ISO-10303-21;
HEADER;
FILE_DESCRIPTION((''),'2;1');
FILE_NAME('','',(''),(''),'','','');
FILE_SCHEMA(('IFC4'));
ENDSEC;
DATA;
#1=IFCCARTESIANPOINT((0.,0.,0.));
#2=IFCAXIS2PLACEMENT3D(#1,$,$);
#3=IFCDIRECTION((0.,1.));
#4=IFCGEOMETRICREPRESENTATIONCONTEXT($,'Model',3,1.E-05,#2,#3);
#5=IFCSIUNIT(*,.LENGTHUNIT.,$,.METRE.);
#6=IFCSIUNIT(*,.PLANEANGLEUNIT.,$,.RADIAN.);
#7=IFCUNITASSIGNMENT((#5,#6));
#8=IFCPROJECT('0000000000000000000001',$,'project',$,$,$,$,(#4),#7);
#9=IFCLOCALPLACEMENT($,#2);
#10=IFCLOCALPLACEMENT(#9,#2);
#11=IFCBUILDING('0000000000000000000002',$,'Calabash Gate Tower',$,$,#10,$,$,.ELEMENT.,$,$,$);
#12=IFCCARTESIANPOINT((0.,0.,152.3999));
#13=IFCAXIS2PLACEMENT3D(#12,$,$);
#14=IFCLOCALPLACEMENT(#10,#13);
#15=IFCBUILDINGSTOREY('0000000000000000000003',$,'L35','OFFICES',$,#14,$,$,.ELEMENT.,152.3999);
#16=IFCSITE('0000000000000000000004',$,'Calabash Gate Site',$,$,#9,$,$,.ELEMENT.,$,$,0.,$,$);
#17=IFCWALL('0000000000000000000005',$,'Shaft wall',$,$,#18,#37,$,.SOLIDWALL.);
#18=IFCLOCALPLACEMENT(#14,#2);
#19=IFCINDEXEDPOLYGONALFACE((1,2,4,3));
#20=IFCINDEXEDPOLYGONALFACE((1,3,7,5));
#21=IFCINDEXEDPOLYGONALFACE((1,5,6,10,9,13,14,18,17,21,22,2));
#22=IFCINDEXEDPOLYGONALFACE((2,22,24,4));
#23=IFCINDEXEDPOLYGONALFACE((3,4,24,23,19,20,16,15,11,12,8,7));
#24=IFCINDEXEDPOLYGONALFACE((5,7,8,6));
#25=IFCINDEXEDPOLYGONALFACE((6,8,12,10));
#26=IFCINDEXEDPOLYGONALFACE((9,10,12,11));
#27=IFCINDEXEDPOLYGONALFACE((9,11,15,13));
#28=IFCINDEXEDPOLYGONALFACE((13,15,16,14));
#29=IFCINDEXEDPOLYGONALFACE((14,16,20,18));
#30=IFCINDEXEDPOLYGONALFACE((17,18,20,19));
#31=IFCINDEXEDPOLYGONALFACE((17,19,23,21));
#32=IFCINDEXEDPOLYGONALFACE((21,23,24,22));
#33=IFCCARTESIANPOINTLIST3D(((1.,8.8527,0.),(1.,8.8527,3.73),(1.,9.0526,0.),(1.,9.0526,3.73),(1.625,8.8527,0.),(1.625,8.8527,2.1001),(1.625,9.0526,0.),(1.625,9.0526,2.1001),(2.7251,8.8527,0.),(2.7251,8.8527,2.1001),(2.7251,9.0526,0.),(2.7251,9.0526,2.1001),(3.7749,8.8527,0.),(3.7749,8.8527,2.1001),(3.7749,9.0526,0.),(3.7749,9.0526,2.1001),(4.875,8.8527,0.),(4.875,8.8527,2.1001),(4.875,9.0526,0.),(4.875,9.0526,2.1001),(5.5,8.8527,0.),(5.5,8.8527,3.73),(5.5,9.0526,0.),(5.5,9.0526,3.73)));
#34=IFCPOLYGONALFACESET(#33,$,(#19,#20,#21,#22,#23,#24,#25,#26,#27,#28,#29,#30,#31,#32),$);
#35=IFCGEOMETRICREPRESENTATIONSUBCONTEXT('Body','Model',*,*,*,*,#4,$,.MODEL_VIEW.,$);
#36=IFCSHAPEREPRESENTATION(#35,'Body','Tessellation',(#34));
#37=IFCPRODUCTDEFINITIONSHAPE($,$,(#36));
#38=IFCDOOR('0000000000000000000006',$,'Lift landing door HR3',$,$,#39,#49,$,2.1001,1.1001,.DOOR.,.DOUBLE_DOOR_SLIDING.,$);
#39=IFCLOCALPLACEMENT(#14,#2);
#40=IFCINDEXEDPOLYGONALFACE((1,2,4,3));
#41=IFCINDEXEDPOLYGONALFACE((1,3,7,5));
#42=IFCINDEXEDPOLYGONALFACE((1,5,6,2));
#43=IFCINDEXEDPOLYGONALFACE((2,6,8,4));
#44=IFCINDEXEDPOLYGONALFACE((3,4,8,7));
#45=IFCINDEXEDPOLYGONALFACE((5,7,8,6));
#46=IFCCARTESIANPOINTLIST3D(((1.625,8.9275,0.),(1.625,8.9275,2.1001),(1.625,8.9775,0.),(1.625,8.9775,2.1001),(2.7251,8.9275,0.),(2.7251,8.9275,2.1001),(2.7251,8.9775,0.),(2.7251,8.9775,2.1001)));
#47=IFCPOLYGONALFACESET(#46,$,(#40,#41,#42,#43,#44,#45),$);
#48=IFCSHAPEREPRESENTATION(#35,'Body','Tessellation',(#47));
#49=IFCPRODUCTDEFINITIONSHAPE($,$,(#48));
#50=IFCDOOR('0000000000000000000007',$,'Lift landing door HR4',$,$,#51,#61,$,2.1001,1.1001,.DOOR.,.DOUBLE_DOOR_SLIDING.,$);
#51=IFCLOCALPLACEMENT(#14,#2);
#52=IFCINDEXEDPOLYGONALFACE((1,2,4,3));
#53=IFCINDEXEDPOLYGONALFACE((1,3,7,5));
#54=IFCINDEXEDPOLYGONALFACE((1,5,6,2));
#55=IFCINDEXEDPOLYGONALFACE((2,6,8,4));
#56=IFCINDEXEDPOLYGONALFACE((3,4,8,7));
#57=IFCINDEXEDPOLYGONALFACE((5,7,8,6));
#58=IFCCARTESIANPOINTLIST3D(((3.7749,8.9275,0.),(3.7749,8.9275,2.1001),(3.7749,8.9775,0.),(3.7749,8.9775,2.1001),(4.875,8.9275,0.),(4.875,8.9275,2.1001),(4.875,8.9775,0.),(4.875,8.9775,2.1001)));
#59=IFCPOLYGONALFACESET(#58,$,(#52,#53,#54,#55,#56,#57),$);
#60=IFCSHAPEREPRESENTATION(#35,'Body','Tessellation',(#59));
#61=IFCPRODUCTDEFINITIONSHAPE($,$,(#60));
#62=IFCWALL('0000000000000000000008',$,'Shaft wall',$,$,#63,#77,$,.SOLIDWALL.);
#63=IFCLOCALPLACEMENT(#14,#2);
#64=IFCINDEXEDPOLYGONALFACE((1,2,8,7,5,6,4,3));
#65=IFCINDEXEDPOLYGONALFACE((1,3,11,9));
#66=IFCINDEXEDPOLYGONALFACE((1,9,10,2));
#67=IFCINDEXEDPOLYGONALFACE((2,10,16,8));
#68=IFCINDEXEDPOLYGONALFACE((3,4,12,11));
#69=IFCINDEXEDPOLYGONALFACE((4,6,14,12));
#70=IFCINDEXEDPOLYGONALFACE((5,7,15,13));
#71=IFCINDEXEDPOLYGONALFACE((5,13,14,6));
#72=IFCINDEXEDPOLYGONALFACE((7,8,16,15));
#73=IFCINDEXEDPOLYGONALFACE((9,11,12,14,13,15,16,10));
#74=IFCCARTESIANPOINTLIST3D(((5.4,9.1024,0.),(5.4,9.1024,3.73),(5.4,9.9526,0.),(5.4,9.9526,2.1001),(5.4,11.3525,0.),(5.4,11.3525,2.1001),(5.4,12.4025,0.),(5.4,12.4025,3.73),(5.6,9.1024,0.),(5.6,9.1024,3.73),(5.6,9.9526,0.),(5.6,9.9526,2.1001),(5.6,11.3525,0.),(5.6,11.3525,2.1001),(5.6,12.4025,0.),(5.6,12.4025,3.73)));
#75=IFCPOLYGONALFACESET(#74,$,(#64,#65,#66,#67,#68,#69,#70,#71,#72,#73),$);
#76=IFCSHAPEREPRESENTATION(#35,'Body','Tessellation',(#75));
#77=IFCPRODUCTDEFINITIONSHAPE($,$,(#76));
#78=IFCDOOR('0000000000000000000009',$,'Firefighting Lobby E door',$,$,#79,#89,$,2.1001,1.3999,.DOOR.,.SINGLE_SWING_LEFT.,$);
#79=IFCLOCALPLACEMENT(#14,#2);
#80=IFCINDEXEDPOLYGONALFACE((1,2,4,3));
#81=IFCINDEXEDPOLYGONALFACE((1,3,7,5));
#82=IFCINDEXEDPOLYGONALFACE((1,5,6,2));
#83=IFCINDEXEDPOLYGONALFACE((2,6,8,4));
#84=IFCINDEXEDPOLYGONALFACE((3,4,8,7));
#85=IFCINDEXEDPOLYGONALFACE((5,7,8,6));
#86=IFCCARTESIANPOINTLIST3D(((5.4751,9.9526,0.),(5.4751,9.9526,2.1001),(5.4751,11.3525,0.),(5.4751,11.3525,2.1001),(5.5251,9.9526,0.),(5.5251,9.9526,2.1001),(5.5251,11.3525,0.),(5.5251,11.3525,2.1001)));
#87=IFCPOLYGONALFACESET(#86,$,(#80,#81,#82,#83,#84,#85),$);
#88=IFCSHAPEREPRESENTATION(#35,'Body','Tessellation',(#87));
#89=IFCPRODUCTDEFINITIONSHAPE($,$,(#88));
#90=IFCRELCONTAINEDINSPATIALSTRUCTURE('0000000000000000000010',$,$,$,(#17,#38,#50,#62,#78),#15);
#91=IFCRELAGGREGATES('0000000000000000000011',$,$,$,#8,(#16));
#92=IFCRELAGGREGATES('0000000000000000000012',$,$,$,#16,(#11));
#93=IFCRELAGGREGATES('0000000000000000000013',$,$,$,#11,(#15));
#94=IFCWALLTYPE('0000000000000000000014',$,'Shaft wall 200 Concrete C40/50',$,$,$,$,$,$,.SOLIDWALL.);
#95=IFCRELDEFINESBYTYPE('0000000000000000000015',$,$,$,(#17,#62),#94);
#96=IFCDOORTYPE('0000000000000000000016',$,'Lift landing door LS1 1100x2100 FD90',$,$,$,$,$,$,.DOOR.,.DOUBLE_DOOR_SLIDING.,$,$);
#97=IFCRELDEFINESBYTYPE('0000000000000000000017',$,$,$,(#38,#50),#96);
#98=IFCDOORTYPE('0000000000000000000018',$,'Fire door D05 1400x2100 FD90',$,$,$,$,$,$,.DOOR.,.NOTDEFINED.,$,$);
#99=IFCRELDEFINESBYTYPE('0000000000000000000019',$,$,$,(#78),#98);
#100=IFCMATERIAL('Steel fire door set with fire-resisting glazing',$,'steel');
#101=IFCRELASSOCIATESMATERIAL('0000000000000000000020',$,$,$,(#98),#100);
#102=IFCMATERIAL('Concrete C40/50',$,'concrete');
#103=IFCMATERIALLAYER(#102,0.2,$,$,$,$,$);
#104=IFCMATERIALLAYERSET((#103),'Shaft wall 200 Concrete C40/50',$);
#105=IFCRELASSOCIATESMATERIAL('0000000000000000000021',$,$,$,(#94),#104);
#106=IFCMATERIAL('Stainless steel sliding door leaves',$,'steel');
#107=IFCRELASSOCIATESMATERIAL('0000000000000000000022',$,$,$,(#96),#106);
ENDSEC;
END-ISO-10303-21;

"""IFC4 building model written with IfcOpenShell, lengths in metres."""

from ifc_helpers import new_model, si_unit, direction, frame, frame_2d, origin, place, context, subcontext, project, spatial, rectangle, extrude, material, layer, layer_set, type_object, element, fill, save


model = new_model("IFC4")

# Units and contexts
model_context = context("Model", 3, precision=1e-05, world=origin(), true_north=direction((0.0, 1.0)))
body_context = subcontext(model_context, "Body", "Model", "MODEL_VIEW")
ifc_project = project(units=[si_unit("LENGTHUNIT", "METRE"), si_unit("PLANEANGLEUNIT", "RADIAN")], contexts=[model_context])

# Site, building, storey
site_placement = place(None, origin())
site = spatial("IfcSite", under=ifc_project, at=site_placement, Name="Calabash Gate Site", CompositionType="ELEMENT", RefElevation=0.0)
building_placement = place(site_placement, origin())
building = spatial("IfcBuilding", under=site, at=building_placement, Name="Calabash Gate Tower", CompositionType="ELEMENT")
storey_placement = place(building_placement, frame((0.0, 0.0, 152.3999)))
storey = spatial("IfcBuildingStorey", under=building, at=storey_placement, Name="L35", Description="OFFICES", CompositionType="ELEMENT", Elevation=152.3999)

# Shared definitions
ifc_material_1 = material(Name="Steel fire door set with fire-resisting glazing", Category="steel")
door_type_1 = type_object("IfcDoorType", Name="Fire door D05 1400x2100 FD90", OperationType="NOTDEFINED", PredefinedType="DOOR", material=ifc_material_1)

# Shared definitions
ifc_material_2 = material(Name="Concrete C40/50", Category="concrete")
ifc_layer_1 = layer(ifc_material_2, 0.2)
ifc_layer_set_1 = layer_set([ifc_layer_1], Name="Shaft wall 200 Concrete C40/50")
wall_type_1 = type_object("IfcWallType", Name="Shaft wall 200 Concrete C40/50", PredefinedType="SOLIDWALL", material=ifc_layer_set_1)

# Wall, openings, doors
wall_1_placement = place(storey_placement, frame((1.0, 8.9526, 0.0), z_axis=(0.0, 0.0, 1.0), x_axis=(1.0, 0.0, 0.0)))
wall_1 = element("IfcWall", 1, at=wall_1_placement, inside=storey, type_object=wall_type_1, Name="Shaft wall", PredefinedType="SOLIDWALL", context=body_context, shape_type="SweptSolid", body=[
    extrude(rectangle(XDim=4.5, YDim=0.2, at=frame_2d((2.25, 0.0))), origin(), (0.0, 0.0, 1.0), 3.73),
])
opening_1_placement = place(wall_1_placement, frame((0.625, 0.0, 0.0)))
opening_1 = element("IfcOpeningElement", 2, at=opening_1_placement, cuts=wall_1, PredefinedType="OPENING", context=body_context, shape_type="SweptSolid", body=[
    extrude(rectangle(XDim=1.1001, YDim=2.1001, at=frame_2d((0.55, 1.05))), frame((0.0, 0.1099, 0.0), z_axis=(0.0, -1.0, 0.0), x_axis=(1.0, 0.0, 0.0)), (0.0, 0.0, 1.0), 0.22),
])
opening_2_placement = place(wall_1_placement, frame((2.7749, 0.0, 0.0)))
opening_2 = element("IfcOpeningElement", 3, at=opening_2_placement, cuts=wall_1, PredefinedType="OPENING", context=body_context, shape_type="SweptSolid", body=[
    extrude(rectangle(XDim=1.1001, YDim=2.1001, at=frame_2d((0.55, 1.05))), frame((0.0, 0.1099, 0.0), z_axis=(0.0, -1.0, 0.0), x_axis=(1.0, 0.0, 0.0)), (0.0, 0.0, 1.0), 0.22),
])
ifc_material_3 = material(Name="Stainless steel sliding door leaves", Category="steel")
door_type_2 = type_object("IfcDoorType", Name="Lift landing door LS1 1100x2100 FD90", OperationType="DOUBLE_DOOR_SLIDING", PredefinedType="DOOR", material=ifc_material_3)
door_1_placement = place(opening_1_placement, origin())
door_1 = element("IfcDoor", 4, at=door_1_placement, inside=storey, type_object=door_type_2, Name="Lift landing door HR3", OperationType="DOUBLE_DOOR_SLIDING", OverallHeight=2.1001, OverallWidth=1.1001, PredefinedType="DOOR", context=body_context, shape_type="SweptSolid", body=[
    extrude(rectangle(XDim=1.1001, YDim=2.1001, at=frame_2d((0.55, 1.05))), frame((0.0, 0.0249, 0.0), z_axis=(0.0, -1.0, 0.0), x_axis=(1.0, 0.0, 0.0)), (0.0, 0.0, 1.0), 0.05),
])
fill(opening_1, door_1)
door_2_placement = place(opening_2_placement, origin())
door_2 = element("IfcDoor", 5, at=door_2_placement, inside=storey, type_object=door_type_2, Name="Lift landing door HR4", OperationType="DOUBLE_DOOR_SLIDING", OverallHeight=2.1001, OverallWidth=1.1001, PredefinedType="DOOR", context=body_context, shape_type="SweptSolid", body=[
    extrude(rectangle(XDim=1.1001, YDim=2.1001, at=frame_2d((0.55, 1.05))), frame((0.0, 0.0249, 0.0), z_axis=(0.0, -1.0, 0.0), x_axis=(1.0, 0.0, 0.0)), (0.0, 0.0, 1.0), 0.05),
])
fill(opening_2, door_2)

# Wall, opening, door
wall_2_placement = place(storey_placement, frame((5.5, 9.1025, 0.0), z_axis=(0.0, 0.0, 1.0), x_axis=(0.0, 1.0, 0.0)))
wall_2 = element("IfcWall", 6, at=wall_2_placement, inside=storey, type_object=wall_type_1, Name="Shaft wall", PredefinedType="SOLIDWALL", context=body_context, shape_type="SweptSolid", body=[
    extrude(rectangle(XDim=3.3, YDim=0.2, at=frame_2d((1.6499, 0.0))), origin(), (0.0, 0.0, 1.0), 3.73),
])
opening_3_placement = place(wall_2_placement, frame((0.8501, 0.0, 0.0)))
opening_3 = element("IfcOpeningElement", 7, at=opening_3_placement, cuts=wall_2, PredefinedType="OPENING", context=body_context, shape_type="SweptSolid", body=[
    extrude(rectangle(XDim=1.3999, YDim=2.1001, at=frame_2d((0.7, 1.05))), frame((0.0, 0.1099, 0.0), z_axis=(0.0, -1.0, 0.0), x_axis=(1.0, 0.0, 0.0)), (0.0, 0.0, 1.0), 0.22),
])
door_3_placement = place(opening_3_placement, origin())
door_3 = element("IfcDoor", 8, at=door_3_placement, inside=storey, type_object=door_type_1, Name="Firefighting Lobby E door", OperationType="SINGLE_SWING_LEFT", OverallHeight=2.1001, OverallWidth=1.3999, PredefinedType="DOOR", context=body_context, shape_type="SweptSolid", body=[
    extrude(rectangle(XDim=1.3999, YDim=2.1001, at=frame_2d((0.7, 1.05))), frame((0.0, 0.0249, 0.0), z_axis=(0.0, -1.0, 0.0), x_axis=(1.0, 0.0, 0.0)), (0.0, 0.0, 1.0), 0.05),
])
fill(opening_3, door_3)

save(model, "model.ifc")
